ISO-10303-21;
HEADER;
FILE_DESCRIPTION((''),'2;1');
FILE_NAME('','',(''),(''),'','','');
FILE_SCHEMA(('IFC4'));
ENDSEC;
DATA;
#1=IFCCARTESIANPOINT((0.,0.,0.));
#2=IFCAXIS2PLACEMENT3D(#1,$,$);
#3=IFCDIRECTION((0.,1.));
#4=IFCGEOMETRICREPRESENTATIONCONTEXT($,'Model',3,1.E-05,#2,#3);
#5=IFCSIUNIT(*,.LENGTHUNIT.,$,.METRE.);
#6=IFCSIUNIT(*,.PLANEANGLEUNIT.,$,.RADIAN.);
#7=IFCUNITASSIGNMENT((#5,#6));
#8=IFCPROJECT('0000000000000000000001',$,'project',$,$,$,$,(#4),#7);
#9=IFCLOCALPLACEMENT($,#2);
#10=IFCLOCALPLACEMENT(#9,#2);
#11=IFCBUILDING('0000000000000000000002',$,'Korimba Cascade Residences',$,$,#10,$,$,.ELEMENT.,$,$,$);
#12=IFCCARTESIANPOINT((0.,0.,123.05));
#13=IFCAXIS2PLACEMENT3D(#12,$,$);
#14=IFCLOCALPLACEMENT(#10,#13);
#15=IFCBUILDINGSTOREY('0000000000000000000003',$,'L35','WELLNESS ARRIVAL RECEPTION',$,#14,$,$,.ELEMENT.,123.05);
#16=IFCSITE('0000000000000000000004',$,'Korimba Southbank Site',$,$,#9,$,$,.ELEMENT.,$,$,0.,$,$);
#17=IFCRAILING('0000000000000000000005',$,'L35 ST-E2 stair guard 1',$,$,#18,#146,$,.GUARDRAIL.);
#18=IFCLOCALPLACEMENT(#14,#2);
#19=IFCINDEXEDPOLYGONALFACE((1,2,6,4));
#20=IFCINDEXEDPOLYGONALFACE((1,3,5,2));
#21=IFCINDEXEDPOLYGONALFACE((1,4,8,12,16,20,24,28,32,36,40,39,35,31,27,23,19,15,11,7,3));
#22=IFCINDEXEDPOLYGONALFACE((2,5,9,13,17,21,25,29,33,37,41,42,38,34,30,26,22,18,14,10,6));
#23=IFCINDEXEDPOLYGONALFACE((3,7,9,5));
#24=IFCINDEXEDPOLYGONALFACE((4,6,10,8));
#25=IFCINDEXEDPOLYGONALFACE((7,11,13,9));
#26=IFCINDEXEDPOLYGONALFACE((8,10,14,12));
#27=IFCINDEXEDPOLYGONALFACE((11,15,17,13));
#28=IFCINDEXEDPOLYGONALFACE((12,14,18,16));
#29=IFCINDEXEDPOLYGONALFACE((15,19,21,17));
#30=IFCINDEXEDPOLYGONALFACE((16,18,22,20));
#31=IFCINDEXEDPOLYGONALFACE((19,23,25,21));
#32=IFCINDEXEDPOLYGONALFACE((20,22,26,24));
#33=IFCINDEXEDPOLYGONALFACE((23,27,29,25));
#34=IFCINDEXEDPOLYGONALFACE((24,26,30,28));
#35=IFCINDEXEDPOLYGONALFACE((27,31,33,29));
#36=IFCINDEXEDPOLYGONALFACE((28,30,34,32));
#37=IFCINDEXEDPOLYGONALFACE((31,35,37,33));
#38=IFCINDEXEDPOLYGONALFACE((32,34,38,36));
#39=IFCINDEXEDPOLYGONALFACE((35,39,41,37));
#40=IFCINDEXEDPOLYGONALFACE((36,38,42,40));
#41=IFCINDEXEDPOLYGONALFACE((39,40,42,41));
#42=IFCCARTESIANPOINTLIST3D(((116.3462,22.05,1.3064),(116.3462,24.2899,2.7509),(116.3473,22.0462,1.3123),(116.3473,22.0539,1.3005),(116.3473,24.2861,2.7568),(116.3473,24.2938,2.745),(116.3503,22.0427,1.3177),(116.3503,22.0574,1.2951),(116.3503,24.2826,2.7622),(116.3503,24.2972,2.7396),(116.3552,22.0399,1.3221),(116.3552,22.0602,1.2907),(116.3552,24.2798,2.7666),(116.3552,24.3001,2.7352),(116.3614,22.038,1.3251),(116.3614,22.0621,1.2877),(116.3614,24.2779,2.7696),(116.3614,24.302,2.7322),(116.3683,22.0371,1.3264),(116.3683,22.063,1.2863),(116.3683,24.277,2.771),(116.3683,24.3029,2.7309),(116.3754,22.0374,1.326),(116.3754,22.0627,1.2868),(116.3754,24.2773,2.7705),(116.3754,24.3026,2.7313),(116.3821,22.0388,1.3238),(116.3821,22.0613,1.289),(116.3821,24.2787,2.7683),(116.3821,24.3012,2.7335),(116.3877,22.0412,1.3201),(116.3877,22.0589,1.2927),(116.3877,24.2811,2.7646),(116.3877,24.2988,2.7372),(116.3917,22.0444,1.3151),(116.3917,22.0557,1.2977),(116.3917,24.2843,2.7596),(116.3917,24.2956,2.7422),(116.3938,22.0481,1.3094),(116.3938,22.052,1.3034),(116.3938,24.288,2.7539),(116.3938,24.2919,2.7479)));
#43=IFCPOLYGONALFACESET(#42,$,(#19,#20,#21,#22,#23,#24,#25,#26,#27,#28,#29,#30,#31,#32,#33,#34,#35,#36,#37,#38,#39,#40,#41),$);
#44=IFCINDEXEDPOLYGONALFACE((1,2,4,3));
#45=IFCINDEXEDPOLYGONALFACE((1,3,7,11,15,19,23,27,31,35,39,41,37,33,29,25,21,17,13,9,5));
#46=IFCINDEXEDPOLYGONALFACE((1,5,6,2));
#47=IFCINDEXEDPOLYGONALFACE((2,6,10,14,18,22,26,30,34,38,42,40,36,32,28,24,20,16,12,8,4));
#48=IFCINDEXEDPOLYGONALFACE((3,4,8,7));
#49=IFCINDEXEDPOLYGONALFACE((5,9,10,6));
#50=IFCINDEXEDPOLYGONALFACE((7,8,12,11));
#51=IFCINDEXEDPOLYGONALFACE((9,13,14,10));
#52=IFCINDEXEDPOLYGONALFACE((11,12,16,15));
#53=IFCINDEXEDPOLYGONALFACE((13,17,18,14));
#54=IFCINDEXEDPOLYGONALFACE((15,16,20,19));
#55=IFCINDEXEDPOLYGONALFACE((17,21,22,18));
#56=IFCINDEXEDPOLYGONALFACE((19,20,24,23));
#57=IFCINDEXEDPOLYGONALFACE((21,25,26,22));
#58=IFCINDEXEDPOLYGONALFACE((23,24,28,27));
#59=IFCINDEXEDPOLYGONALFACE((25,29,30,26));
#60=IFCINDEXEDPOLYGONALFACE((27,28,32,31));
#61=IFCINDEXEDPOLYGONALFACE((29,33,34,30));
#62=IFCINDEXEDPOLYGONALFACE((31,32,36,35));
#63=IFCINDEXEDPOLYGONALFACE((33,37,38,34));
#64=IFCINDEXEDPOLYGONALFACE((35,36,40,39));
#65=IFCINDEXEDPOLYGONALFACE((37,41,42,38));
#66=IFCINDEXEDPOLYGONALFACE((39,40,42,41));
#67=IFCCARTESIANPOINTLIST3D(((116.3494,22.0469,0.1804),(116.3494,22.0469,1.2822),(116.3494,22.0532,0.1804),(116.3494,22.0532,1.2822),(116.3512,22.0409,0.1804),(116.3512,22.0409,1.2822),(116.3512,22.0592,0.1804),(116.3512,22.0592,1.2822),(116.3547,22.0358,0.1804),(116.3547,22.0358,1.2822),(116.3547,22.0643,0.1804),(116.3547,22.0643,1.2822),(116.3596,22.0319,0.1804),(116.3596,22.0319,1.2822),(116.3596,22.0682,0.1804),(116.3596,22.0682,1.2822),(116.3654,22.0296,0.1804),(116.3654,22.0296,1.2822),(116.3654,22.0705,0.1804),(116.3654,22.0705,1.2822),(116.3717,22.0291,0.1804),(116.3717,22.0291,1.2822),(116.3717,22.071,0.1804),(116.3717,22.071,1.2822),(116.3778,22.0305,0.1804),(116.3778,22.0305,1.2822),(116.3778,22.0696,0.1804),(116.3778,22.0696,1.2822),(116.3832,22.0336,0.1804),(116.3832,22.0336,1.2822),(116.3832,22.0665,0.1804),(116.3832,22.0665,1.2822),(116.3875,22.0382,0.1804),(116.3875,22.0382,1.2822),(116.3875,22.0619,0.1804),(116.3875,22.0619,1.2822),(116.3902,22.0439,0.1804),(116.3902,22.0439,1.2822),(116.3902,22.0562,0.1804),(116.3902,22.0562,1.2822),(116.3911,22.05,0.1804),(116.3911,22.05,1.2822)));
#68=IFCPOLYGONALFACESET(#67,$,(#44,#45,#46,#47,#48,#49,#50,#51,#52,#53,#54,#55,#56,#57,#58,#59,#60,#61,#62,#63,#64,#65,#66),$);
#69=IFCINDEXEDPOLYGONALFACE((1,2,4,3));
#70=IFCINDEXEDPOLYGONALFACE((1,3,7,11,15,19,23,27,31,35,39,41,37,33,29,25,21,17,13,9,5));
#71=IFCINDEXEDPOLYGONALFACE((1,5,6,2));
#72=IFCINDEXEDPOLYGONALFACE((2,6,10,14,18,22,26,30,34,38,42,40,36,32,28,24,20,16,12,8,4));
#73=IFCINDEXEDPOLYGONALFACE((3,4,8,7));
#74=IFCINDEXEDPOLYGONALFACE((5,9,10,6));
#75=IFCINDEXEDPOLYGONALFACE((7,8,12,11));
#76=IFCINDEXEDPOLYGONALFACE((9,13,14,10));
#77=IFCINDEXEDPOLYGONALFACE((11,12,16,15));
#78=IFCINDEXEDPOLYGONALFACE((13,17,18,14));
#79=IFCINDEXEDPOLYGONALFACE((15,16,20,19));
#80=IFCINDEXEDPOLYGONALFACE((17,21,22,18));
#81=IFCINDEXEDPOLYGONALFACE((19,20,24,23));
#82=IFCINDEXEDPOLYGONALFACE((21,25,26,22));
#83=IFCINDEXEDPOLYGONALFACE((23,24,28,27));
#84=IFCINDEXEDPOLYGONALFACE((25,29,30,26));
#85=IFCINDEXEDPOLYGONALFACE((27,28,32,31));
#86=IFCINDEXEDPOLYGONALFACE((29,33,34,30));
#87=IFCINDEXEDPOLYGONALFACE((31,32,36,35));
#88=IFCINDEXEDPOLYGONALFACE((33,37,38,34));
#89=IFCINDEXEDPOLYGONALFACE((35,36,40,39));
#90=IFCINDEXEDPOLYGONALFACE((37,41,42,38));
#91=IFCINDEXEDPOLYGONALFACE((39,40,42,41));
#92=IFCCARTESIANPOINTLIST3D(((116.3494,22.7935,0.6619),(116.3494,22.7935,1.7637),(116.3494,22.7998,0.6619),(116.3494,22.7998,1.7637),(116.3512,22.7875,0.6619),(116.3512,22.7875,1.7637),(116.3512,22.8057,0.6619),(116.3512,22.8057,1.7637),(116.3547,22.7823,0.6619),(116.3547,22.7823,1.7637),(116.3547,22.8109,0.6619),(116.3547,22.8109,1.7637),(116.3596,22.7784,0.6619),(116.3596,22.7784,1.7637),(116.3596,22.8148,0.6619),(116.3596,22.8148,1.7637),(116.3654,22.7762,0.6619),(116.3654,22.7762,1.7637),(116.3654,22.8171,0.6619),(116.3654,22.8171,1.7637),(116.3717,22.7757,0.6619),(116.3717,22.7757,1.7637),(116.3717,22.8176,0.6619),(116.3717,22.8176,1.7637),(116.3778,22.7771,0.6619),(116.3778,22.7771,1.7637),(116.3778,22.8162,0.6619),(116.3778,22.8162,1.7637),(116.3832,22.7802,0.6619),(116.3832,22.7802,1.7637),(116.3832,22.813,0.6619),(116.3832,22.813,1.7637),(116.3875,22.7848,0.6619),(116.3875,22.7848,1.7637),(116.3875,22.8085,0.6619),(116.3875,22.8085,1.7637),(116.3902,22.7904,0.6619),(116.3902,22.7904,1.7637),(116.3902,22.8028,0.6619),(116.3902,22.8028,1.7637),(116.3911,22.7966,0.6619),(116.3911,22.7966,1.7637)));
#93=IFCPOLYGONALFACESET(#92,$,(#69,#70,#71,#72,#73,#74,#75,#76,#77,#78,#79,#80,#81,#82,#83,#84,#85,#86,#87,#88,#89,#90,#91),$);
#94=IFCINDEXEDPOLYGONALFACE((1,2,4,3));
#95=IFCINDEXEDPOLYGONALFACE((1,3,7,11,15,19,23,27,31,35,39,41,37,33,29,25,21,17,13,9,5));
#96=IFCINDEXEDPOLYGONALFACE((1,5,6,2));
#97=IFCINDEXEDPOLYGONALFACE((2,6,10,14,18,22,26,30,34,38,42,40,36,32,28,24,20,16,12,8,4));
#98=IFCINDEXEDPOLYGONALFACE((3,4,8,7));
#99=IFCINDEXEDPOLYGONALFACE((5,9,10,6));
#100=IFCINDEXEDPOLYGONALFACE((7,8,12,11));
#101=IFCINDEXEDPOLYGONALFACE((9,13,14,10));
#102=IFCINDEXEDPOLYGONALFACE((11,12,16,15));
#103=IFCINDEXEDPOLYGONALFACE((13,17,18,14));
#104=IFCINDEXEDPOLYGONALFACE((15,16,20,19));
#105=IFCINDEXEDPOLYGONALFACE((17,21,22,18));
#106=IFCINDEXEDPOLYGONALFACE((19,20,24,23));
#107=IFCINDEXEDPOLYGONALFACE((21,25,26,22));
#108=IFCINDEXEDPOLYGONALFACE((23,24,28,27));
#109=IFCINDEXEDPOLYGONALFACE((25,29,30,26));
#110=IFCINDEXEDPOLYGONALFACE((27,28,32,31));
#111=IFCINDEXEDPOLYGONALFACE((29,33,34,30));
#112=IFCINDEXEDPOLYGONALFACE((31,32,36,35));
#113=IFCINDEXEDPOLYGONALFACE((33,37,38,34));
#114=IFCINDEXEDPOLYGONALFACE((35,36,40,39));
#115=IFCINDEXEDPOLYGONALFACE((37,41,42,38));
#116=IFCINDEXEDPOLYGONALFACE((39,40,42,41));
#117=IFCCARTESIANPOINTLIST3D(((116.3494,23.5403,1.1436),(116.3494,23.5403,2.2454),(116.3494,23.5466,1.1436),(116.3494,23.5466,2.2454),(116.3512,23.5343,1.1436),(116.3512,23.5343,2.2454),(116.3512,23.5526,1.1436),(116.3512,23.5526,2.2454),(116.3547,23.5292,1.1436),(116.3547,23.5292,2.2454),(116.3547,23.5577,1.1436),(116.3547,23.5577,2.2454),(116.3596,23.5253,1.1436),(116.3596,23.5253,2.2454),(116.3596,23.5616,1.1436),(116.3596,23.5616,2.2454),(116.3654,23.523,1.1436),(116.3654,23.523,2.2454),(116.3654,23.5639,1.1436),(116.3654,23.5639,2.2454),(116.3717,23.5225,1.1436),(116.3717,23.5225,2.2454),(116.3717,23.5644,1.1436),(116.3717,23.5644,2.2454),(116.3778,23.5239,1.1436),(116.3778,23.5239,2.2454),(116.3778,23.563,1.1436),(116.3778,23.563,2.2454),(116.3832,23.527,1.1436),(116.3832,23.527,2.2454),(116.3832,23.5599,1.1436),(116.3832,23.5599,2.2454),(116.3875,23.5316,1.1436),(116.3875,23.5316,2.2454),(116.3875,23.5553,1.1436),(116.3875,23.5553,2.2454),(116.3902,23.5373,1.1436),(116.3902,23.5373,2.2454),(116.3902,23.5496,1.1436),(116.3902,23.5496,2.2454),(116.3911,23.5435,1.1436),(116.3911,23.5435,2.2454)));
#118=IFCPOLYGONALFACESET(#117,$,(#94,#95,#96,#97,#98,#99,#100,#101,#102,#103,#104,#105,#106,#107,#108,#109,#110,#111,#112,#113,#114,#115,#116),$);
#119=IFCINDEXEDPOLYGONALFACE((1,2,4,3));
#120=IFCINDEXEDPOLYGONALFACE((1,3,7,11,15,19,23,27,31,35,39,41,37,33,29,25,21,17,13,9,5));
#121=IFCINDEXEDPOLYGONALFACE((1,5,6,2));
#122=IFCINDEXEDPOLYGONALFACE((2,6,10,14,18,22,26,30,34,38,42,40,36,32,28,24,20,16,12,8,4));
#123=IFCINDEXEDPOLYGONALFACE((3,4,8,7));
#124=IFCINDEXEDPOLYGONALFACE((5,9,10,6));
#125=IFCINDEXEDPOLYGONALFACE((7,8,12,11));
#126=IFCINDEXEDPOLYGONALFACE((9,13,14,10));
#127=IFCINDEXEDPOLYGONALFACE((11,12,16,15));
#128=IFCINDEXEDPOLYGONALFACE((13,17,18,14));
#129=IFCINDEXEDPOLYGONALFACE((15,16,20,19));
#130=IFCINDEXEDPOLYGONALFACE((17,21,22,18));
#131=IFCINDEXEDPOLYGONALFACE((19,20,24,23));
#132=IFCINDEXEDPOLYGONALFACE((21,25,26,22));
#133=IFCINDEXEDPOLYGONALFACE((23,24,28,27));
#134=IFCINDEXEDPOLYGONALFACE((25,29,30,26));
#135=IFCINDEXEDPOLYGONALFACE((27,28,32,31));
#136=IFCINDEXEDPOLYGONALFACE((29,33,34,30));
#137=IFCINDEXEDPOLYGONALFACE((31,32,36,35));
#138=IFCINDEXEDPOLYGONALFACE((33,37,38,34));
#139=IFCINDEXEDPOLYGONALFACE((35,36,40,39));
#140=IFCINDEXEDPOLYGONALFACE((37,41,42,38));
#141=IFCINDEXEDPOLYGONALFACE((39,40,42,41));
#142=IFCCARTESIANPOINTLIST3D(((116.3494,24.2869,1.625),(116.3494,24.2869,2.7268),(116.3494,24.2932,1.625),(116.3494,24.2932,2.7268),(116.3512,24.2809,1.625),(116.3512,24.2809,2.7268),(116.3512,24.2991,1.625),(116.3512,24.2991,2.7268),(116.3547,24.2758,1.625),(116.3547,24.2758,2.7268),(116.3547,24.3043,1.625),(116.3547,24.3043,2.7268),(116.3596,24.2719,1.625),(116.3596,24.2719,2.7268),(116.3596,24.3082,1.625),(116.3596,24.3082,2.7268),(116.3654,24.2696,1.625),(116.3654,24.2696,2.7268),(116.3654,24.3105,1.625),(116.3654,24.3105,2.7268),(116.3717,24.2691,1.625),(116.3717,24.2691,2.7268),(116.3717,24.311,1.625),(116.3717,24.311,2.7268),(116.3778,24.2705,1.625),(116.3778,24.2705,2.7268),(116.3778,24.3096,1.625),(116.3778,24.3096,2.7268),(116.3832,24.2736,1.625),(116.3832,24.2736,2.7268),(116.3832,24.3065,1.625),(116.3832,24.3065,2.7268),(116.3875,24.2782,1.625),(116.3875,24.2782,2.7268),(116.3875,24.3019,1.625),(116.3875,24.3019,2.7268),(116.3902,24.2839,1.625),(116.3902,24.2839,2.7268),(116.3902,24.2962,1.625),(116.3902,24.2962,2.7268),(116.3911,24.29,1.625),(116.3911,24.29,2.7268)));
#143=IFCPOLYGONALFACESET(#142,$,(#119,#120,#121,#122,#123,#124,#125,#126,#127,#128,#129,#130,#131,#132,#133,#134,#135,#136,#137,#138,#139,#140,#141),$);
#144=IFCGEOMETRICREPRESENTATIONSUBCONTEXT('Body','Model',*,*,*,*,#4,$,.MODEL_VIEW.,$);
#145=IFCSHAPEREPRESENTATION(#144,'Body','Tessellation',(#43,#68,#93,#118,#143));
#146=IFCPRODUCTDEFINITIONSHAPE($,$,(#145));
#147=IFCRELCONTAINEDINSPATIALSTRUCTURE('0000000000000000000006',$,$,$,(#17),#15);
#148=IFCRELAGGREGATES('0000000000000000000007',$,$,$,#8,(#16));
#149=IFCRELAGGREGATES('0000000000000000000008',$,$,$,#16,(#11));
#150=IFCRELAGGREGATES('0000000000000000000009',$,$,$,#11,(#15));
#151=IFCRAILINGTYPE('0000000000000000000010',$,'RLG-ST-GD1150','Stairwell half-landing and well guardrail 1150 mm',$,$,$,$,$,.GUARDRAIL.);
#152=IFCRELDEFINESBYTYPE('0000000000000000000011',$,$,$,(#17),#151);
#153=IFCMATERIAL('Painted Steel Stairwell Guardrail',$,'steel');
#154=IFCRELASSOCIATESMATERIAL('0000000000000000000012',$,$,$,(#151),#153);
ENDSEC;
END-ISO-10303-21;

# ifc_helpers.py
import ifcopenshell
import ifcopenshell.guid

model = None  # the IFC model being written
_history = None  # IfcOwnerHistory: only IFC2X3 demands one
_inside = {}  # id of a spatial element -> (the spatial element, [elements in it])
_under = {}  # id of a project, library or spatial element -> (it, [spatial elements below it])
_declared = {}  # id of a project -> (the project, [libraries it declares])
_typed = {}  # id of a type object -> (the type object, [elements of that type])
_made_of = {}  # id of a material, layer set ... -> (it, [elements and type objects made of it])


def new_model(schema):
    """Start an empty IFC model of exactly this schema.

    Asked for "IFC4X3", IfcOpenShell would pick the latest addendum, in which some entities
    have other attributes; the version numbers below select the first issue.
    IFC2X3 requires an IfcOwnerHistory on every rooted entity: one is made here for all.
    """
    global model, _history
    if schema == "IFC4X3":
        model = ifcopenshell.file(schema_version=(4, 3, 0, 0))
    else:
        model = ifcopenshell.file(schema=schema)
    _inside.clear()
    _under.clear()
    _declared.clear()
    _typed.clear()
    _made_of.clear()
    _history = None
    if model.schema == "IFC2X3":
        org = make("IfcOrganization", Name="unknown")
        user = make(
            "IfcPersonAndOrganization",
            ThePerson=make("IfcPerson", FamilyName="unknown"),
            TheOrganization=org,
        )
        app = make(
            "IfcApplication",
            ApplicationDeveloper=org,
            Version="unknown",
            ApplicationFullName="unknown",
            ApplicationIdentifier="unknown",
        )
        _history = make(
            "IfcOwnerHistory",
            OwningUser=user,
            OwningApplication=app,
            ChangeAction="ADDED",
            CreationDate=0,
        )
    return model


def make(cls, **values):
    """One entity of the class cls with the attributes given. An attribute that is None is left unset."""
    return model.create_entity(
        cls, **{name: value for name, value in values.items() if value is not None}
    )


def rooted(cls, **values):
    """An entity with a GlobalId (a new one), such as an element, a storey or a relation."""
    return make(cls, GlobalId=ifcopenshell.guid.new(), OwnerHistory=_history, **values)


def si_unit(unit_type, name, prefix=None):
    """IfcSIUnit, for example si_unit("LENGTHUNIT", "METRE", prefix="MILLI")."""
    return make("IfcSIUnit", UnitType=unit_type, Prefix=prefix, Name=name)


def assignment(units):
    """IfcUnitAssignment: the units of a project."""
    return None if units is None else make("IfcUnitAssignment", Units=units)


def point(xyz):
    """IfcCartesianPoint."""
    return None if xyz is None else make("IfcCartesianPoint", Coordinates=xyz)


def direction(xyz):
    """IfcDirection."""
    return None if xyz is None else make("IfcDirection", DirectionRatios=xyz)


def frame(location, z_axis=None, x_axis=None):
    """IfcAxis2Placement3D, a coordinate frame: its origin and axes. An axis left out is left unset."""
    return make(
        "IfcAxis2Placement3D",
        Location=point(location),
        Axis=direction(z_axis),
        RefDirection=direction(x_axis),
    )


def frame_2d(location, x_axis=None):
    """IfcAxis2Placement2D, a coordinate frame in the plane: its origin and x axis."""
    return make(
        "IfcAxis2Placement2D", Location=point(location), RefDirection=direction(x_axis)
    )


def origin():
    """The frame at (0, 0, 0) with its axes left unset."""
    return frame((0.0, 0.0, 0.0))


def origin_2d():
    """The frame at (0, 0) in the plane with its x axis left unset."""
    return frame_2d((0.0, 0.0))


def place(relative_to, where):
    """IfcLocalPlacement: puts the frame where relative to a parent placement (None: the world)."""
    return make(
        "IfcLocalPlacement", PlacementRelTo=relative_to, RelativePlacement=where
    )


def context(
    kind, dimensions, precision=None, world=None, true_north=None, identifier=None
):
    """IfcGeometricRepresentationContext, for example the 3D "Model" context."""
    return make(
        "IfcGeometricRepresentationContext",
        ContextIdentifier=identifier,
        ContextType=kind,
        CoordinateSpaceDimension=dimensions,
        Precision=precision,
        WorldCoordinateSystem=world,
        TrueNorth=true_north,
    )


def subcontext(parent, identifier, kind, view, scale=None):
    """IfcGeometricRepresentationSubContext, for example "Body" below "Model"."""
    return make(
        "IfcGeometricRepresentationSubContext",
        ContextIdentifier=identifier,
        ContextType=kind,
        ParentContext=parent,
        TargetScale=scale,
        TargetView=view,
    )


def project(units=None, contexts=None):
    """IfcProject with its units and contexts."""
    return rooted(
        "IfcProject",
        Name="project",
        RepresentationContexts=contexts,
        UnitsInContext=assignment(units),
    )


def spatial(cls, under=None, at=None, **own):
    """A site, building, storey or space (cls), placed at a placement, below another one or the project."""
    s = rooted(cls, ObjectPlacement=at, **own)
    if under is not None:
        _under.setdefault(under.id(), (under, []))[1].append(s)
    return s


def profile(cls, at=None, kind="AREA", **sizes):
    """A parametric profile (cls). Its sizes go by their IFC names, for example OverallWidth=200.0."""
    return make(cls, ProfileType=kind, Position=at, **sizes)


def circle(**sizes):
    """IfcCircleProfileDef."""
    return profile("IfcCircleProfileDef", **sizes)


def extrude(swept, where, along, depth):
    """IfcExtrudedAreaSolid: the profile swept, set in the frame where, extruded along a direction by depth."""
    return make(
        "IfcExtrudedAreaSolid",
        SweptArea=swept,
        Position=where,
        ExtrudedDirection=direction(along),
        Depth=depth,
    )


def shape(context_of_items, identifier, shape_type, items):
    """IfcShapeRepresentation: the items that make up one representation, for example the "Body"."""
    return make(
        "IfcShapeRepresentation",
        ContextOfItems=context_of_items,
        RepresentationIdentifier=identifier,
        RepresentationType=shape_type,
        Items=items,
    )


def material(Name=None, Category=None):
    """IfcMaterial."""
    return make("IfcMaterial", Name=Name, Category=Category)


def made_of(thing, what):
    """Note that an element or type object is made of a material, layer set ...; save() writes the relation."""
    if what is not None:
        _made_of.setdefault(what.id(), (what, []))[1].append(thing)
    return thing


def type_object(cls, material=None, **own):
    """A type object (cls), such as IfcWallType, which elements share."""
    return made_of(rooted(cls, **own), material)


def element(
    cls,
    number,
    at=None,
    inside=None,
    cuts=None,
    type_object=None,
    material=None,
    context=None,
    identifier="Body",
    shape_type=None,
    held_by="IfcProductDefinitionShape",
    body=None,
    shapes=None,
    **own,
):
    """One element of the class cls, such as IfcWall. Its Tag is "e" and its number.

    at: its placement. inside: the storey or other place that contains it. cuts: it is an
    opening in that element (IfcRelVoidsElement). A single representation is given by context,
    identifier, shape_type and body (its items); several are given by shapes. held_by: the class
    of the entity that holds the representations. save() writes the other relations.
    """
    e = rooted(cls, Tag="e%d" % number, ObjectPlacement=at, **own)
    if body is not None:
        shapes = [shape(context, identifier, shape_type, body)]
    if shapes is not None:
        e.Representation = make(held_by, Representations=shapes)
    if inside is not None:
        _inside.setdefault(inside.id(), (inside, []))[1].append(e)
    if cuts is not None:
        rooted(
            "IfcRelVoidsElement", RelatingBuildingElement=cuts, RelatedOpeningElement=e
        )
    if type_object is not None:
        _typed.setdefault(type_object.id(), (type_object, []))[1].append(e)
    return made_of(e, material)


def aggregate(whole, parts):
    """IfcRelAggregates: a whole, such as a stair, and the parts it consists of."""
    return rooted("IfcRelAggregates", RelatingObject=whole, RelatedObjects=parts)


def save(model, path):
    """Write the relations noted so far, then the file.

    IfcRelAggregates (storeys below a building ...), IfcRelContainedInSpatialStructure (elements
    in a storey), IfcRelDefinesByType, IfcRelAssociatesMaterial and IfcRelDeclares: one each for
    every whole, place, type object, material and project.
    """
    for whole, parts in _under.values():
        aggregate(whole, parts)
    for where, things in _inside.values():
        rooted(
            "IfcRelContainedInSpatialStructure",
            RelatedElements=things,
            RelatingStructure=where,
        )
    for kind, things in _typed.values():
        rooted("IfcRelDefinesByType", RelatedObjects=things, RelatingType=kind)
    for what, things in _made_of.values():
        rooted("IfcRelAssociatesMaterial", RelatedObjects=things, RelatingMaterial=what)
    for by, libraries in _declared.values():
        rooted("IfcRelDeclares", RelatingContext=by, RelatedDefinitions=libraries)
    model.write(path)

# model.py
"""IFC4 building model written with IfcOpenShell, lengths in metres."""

from ifc_helpers import new_model, si_unit, direction, frame, origin, origin_2d, place, context, subcontext, project, spatial, circle, extrude, material, type_object, element, save


model = new_model("IFC4")

# Units and contexts
model_context = context("Model", 3, precision=1e-05, world=origin(), true_north=direction((0.0, 1.0)))
body_context = subcontext(model_context, "Body", "Model", "MODEL_VIEW")
ifc_project = project(units=[si_unit("LENGTHUNIT", "METRE"), si_unit("PLANEANGLEUNIT", "RADIAN")], contexts=[model_context])

# Site, building, storey
site_placement = place(None, origin())
site = spatial("IfcSite", under=ifc_project, at=site_placement, Name="Korimba Southbank Site", CompositionType="ELEMENT", RefElevation=0.0)
building_placement = place(site_placement, origin())
building = spatial("IfcBuilding", under=site, at=building_placement, Name="Korimba Cascade Residences", CompositionType="ELEMENT")
storey_placement = place(building_placement, frame((0.0, 0.0, 123.05)))
storey = spatial("IfcBuildingStorey", under=building, at=storey_placement, Name="L35", Description="WELLNESS ARRIVAL RECEPTION", CompositionType="ELEMENT", Elevation=123.05)

# Railing
ifc_material_1 = material(Name="Painted Steel Stairwell Guardrail", Category="steel")
railing_type_1 = type_object("IfcRailingType", Name="RLG-ST-GD1150", Description="Stairwell half-landing and well guardrail 1150 mm", PredefinedType="GUARDRAIL", material=ifc_material_1)
railing_1_placement = place(storey_placement, frame((116.3701, 22.05, 0.1804)))
element("IfcRailing", 1, at=railing_1_placement, inside=storey, type_object=railing_type_1, Name="L35 ST-E2 stair guard 1", PredefinedType="GUARDRAIL", context=body_context, shape_type="SweptSolid", body=[
    extrude(circle(Radius=0.0239, at=origin_2d()), frame((0.0, 0.0, 1.126), z_axis=(0.0, 0.840395, 0.541975), x_axis=(-1.0, 0.0, 0.0)), (0.0, 0.0, 1.0), 2.6653),
    extrude(circle(Radius=0.021, at=origin_2d()), origin(), (0.0, 0.0, 1.0), 1.1018),
    extrude(circle(Radius=0.021, at=origin_2d()), frame((0.0, 0.7466, 0.4814)), (0.0, 0.0, 1.0), 1.1018),
    extrude(circle(Radius=0.021, at=origin_2d()), frame((0.0, 1.4934, 0.9631)), (0.0, 0.0, 1.0), 1.1018),
    extrude(circle(Radius=0.021, at=origin_2d()), frame((0.0, 2.24, 1.4446)), (0.0, 0.0, 1.0), 1.1018),
])

save(model, "model.ifc")
